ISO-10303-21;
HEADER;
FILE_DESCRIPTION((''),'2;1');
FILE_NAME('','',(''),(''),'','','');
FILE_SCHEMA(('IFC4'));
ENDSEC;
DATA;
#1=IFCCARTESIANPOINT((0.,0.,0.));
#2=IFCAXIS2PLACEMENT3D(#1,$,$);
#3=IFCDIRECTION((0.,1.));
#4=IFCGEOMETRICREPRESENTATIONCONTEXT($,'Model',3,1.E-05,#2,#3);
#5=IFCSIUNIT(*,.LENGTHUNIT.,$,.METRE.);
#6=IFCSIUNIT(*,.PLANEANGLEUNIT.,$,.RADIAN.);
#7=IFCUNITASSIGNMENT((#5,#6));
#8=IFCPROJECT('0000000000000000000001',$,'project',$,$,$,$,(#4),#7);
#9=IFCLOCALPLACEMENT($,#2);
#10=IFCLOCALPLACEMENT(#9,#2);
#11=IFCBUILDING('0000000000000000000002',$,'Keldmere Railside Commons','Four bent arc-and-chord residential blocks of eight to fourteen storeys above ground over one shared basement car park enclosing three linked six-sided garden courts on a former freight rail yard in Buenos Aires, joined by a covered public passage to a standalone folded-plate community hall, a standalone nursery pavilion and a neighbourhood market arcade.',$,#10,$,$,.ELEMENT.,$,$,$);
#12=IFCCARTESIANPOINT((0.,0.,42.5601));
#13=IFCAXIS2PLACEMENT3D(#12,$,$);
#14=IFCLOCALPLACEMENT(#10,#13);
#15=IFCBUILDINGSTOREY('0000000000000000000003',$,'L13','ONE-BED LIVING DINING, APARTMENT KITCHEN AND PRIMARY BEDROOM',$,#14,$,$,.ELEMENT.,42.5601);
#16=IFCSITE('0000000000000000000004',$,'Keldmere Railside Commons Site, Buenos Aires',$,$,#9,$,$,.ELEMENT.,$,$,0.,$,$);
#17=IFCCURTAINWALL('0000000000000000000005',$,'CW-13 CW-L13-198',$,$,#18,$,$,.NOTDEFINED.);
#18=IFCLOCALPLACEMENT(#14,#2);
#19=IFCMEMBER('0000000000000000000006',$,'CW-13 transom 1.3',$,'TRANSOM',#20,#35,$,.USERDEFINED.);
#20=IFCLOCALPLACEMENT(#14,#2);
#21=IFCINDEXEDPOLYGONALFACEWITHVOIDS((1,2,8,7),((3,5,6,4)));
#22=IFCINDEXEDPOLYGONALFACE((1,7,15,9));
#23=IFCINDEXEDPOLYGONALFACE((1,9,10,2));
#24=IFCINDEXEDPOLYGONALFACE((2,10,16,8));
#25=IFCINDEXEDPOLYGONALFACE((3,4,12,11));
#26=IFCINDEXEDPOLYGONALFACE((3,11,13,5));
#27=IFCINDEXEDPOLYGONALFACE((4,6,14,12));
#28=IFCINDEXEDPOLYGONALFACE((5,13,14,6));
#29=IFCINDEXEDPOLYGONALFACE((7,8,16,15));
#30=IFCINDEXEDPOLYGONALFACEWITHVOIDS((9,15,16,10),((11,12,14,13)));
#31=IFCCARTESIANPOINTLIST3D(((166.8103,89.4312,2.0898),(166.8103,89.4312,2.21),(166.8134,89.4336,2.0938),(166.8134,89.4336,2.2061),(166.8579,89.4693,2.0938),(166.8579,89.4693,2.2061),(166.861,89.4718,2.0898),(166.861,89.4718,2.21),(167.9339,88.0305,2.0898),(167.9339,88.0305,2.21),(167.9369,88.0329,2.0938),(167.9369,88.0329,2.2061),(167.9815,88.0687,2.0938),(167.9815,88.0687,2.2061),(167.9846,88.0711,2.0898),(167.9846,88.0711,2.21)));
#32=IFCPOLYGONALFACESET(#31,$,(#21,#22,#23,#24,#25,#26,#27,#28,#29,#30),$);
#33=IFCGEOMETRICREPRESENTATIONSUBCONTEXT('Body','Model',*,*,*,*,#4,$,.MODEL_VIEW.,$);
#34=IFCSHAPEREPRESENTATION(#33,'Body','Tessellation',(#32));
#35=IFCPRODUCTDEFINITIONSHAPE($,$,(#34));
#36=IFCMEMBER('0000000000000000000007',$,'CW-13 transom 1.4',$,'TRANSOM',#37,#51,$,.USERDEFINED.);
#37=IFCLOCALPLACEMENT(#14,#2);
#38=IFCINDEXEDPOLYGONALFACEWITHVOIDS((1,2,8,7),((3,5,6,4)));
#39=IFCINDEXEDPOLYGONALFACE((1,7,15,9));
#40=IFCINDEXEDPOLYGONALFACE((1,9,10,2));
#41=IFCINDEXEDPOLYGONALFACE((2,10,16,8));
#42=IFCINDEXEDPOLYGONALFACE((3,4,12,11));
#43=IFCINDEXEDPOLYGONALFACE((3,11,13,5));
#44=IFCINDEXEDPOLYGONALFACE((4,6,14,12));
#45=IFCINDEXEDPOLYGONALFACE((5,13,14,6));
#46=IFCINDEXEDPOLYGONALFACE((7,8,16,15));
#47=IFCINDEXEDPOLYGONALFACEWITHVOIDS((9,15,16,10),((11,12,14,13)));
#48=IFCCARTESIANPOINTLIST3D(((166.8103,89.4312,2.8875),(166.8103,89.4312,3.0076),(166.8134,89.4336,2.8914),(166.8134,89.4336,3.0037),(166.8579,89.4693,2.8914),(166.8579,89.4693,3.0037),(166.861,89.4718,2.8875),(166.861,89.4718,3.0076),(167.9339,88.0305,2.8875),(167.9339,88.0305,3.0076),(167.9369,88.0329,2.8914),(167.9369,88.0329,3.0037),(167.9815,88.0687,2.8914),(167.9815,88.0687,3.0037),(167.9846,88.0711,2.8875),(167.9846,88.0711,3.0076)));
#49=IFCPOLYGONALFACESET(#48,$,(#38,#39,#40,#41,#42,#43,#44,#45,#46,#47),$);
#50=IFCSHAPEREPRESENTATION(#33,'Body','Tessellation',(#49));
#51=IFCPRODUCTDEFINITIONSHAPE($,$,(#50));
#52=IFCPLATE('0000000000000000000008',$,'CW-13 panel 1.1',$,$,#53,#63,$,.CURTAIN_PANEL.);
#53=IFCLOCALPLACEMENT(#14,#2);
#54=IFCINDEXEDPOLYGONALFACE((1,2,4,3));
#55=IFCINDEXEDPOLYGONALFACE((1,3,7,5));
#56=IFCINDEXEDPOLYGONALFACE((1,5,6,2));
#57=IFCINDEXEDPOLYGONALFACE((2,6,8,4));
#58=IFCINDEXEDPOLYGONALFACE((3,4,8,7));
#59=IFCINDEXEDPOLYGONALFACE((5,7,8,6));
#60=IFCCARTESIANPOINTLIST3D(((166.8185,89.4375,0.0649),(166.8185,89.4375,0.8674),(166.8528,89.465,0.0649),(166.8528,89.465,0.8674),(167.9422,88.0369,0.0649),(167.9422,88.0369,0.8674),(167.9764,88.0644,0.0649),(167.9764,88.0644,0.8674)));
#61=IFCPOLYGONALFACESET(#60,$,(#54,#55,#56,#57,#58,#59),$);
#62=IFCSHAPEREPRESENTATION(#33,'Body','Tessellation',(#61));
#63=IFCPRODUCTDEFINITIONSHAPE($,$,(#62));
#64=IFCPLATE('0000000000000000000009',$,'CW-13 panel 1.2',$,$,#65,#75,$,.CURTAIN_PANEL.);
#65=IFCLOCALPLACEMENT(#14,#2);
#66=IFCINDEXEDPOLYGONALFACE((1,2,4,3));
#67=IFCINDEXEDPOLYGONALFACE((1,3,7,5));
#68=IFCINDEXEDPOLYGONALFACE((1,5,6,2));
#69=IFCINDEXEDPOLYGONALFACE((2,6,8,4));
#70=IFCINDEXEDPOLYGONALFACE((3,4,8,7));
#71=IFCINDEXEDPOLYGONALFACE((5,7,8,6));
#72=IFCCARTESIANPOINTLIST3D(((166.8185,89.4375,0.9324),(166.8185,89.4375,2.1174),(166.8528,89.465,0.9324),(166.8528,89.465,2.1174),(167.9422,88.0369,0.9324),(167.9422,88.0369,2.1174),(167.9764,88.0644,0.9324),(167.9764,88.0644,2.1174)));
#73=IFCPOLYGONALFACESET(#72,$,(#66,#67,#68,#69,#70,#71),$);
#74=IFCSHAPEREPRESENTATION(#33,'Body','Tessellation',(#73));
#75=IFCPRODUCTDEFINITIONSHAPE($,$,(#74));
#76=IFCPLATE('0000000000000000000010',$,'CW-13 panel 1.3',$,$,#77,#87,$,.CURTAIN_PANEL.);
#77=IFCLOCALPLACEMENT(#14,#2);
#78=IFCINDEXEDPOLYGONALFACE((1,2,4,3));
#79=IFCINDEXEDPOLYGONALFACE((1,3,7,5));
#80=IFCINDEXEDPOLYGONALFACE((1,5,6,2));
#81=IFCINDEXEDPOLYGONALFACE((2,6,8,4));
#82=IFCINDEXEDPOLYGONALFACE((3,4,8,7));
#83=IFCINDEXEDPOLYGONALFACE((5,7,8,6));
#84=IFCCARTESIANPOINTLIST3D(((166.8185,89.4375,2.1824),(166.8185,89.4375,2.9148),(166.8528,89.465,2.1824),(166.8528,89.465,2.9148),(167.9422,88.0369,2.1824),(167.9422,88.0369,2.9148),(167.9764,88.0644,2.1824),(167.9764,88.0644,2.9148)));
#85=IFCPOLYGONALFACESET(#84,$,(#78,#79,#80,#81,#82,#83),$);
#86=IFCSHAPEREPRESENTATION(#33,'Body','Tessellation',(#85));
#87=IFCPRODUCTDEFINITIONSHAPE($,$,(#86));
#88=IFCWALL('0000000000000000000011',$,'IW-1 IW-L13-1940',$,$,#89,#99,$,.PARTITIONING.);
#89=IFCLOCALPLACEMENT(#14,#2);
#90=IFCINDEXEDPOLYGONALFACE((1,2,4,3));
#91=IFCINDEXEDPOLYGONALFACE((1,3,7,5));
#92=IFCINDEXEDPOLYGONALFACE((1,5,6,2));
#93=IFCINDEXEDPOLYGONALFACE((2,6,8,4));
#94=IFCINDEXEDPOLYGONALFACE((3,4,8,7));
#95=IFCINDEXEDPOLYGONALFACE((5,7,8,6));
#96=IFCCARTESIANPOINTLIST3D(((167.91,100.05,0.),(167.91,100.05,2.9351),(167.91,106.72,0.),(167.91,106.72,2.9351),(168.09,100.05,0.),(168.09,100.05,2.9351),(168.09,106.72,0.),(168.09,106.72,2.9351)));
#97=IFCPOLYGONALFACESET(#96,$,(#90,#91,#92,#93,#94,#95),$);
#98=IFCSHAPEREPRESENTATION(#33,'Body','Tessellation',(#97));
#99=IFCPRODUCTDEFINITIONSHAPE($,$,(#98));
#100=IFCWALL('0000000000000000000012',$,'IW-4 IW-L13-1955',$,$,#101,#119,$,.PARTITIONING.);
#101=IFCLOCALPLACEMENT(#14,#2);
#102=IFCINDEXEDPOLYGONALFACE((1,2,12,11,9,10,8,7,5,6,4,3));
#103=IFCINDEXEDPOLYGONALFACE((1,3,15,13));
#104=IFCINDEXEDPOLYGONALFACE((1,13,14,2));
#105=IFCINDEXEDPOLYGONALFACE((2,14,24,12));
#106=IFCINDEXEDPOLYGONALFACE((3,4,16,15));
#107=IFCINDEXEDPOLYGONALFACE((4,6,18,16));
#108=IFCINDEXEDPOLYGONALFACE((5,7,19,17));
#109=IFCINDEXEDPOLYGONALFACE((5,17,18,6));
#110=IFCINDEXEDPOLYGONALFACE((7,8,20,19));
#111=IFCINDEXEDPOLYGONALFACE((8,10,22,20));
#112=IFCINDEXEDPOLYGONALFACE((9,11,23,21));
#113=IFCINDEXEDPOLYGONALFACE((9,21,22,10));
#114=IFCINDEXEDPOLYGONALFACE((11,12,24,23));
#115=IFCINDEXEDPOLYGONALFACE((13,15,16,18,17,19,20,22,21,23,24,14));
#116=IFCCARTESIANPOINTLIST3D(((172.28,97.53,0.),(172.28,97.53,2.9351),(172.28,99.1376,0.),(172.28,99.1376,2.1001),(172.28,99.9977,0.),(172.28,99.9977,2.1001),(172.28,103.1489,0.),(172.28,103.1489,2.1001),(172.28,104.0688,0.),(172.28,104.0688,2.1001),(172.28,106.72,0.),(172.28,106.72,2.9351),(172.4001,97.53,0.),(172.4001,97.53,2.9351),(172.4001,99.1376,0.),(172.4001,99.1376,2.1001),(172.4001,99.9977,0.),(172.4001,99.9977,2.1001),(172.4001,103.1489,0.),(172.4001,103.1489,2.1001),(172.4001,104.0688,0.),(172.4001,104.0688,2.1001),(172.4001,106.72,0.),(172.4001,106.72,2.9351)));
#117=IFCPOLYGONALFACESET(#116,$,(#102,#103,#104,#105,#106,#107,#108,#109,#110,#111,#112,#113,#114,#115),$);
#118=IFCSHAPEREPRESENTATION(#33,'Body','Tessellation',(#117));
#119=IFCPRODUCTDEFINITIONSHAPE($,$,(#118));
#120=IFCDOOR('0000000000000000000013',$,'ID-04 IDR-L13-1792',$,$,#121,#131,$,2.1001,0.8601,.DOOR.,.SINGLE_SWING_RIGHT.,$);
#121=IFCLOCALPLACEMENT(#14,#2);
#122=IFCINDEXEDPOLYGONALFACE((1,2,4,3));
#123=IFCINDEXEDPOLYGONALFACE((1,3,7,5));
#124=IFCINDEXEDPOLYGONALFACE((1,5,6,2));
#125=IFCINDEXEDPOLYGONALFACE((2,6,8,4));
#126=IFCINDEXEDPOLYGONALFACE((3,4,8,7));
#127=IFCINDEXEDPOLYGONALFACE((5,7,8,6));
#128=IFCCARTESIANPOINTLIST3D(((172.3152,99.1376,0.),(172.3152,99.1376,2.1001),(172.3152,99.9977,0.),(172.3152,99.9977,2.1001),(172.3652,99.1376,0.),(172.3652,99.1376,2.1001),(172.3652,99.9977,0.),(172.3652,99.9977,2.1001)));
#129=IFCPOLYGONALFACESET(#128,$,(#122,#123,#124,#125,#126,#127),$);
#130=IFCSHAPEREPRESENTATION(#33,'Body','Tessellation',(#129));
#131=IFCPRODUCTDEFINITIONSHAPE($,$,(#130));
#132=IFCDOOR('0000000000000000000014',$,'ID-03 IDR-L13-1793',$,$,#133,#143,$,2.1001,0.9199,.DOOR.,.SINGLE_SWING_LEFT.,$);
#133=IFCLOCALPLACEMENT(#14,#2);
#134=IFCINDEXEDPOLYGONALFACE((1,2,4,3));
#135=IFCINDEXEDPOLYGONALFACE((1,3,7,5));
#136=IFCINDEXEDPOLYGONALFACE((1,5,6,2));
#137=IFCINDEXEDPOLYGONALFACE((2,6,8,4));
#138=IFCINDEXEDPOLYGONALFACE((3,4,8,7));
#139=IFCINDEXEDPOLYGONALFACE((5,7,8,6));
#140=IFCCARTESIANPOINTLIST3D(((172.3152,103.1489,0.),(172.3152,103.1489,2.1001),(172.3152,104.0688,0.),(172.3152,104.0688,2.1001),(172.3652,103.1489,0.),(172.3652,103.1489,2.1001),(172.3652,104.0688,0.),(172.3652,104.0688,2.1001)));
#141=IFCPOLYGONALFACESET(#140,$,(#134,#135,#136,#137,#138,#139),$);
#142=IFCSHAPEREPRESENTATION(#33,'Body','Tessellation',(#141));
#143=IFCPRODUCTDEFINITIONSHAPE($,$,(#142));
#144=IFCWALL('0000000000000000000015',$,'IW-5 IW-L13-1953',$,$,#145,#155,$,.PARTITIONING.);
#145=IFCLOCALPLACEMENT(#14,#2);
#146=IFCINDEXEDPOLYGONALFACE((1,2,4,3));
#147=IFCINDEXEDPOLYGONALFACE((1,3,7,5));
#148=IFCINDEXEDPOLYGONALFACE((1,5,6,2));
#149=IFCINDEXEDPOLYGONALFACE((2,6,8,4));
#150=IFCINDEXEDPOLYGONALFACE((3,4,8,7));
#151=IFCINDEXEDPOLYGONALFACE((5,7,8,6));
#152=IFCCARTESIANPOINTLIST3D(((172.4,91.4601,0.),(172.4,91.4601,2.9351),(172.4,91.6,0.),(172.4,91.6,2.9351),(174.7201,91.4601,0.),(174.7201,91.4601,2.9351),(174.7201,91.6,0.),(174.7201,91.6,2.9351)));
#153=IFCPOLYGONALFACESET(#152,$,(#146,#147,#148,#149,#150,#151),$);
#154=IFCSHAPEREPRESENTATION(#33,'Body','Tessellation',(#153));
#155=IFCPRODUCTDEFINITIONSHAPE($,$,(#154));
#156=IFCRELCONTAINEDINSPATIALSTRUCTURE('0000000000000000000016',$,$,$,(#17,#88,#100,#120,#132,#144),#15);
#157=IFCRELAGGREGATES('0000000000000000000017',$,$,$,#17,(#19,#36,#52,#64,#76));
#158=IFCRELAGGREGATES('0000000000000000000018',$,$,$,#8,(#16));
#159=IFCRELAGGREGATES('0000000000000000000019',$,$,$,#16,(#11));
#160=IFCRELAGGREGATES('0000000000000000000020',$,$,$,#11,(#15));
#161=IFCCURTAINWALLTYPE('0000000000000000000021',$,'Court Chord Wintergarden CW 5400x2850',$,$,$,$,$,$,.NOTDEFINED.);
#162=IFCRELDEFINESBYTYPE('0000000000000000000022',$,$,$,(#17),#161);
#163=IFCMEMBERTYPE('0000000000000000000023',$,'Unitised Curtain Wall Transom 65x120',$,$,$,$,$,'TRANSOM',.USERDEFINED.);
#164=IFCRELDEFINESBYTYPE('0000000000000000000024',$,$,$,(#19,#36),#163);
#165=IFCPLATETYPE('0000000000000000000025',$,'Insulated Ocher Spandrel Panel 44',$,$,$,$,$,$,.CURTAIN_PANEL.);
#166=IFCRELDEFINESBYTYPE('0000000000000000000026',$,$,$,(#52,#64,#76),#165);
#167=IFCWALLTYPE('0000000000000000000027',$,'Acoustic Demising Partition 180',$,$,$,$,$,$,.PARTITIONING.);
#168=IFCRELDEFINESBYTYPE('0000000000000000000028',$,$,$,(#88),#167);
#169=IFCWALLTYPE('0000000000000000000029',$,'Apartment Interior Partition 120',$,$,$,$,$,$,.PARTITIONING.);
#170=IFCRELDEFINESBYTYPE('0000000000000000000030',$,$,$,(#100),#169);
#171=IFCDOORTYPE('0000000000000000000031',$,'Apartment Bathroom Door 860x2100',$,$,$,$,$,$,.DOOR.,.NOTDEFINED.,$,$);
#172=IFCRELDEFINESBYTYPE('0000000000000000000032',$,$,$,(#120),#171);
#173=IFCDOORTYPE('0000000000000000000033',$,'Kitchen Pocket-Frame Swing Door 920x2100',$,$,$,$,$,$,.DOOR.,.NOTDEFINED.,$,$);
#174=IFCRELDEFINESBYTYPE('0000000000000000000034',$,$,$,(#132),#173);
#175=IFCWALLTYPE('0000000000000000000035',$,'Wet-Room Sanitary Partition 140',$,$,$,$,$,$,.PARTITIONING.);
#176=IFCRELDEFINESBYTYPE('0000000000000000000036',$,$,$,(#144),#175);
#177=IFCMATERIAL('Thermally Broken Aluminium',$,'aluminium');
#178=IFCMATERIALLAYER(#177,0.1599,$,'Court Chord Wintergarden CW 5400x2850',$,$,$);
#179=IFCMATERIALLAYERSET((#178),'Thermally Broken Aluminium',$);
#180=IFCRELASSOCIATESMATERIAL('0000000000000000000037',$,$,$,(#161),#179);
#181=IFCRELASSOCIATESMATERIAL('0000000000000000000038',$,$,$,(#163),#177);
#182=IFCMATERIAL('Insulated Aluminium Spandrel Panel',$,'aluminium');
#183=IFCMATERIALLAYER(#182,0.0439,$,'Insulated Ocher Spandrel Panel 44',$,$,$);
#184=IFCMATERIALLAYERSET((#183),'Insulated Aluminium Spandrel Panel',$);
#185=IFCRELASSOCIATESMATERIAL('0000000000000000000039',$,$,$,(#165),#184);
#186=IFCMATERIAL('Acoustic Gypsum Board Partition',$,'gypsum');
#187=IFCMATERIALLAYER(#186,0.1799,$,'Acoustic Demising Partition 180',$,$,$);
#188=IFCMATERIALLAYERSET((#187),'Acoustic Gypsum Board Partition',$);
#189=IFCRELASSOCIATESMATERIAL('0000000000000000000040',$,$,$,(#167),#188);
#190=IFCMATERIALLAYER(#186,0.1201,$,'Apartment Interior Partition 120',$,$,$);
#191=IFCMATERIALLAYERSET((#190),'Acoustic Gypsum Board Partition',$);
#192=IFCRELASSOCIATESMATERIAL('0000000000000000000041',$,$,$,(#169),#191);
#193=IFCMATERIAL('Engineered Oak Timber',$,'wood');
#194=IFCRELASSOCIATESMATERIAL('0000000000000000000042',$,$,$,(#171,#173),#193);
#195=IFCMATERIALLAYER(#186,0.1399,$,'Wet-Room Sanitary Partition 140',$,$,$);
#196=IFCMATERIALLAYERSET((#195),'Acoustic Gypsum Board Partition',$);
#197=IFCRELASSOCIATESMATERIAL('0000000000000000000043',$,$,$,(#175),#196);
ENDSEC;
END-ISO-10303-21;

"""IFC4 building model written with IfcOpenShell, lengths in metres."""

from ifc_helpers import new_model, si_unit, direction, frame, frame_2d, origin, origin_2d, place, context, subcontext, project, spatial, rectangle, hollow_rectangle, extrude, material, layer, layer_set, material_profile, profile_set, type_object, element, fill, aggregate, save


model = new_model("IFC4")

# Units and contexts
model_context = context("Model", 3, precision=1e-05, world=origin(), true_north=direction((0.0, 1.0)))
body_context = subcontext(model_context, "Body", "Model", "MODEL_VIEW")
ifc_project = project(units=[si_unit("LENGTHUNIT", "METRE"), si_unit("PLANEANGLEUNIT", "RADIAN")], contexts=[model_context])

# Site, building, storey
site_placement = place(None, origin())
site = spatial("IfcSite", under=ifc_project, at=site_placement, Name="Keldmere Railside Commons Site, Buenos Aires", CompositionType="ELEMENT", RefElevation=0.0)
building_placement = place(site_placement, origin())
building = spatial("IfcBuilding", under=site, at=building_placement, Name="Keldmere Railside Commons", Description="Four bent arc-and-chord residential blocks of eight to fourteen storeys above ground over one shared basement car park enclosing three linked six-sided garden courts on a former freight rail yard in Buenos Aires, joined by a covered public passage to a standalone folded-plate community hall, a standalone nursery pavilion and a neighbourhood market arcade.", CompositionType="ELEMENT")
storey_placement = place(building_placement, frame((0.0, 0.0, 42.5601)))
storey = spatial("IfcBuildingStorey", under=building, at=storey_placement, Name="L13", Description="ONE-BED LIVING DINING, APARTMENT KITCHEN AND PRIMARY BEDROOM", CompositionType="ELEMENT", Elevation=42.5601)

# Curtain wall, members, plates
ifc_material_1 = material(Name="Thermally Broken Aluminium", Category="aluminium")
ifc_layer_1 = layer(ifc_material_1, 0.1599, Name="Court Chord Wintergarden CW 5400x2850")
ifc_layer_set_1 = layer_set([ifc_layer_1], Name="Thermally Broken Aluminium")
curtain_wall_type = type_object("IfcCurtainWallType", Name="Court Chord Wintergarden CW 5400x2850", PredefinedType="NOTDEFINED", material=ifc_layer_set_1)
curtain_wall_placement = place(storey_placement, origin())
curtain_wall = element("IfcCurtainWall", 1, at=curtain_wall_placement, inside=storey, type_object=curtain_wall_type, Name="CW-13 CW-L13-198", PredefinedType="NOTDEFINED")
ifc_material_profile_1 = material_profile(ifc_material_1, hollow_rectangle(XDim=0.0649, YDim=0.1201, WallThickness=0.0039, at=origin_2d()), Name="ALU-TRAN-65x120")
ifc_profile_set_1 = profile_set([ifc_material_profile_1], Name="Thermally Broken Aluminium")
member_type_1 = type_object("IfcMemberType", Name="Unitised Curtain Wall Transom 65x120", ElementType="TRANSOM", PredefinedType="USERDEFINED", material=ifc_profile_set_1)
member_1_placement = place(storey_placement, frame((167.9592, 88.0508, 2.1499), z_axis=(-0.625723, 0.780046, 0.0), x_axis=(-0.780046, -0.625723, 0.0)))
member_1 = element("IfcMember", 2, at=member_1_placement, type_object=member_type_1, Name="CW-13 transom 1.3", ObjectType="TRANSOM", PredefinedType="USERDEFINED", context=body_context, shape_type="SweptSolid", body=[
    extrude(hollow_rectangle(XDim=0.0649, YDim=0.1201, WallThickness=0.0039, at=origin_2d()), origin(), (0.0, 0.0, 1.0), 1.7957),
])
member_2_placement = place(storey_placement, frame((167.9592, 88.0508, 2.9475), z_axis=(-0.625723, 0.780046, 0.0), x_axis=(-0.780046, -0.625723, 0.0)))
member_2 = element("IfcMember", 3, at=member_2_placement, type_object=member_type_1, Name="CW-13 transom 1.4", ObjectType="TRANSOM", PredefinedType="USERDEFINED", context=body_context, shape_type="SweptSolid", body=[
    extrude(hollow_rectangle(XDim=0.0649, YDim=0.1201, WallThickness=0.0039, at=origin_2d()), origin(), (0.0, 0.0, 1.0), 1.7957),
])
ifc_material_2 = material(Name="Insulated Aluminium Spandrel Panel", Category="aluminium")
ifc_layer_2 = layer(ifc_material_2, 0.0439, Name="Insulated Ocher Spandrel Panel 44")
ifc_layer_set_2 = layer_set([ifc_layer_2], Name="Insulated Aluminium Spandrel Panel")
plate_type = type_object("IfcPlateType", Name="Insulated Ocher Spandrel Panel 44", PredefinedType="CURTAIN_PANEL", material=ifc_layer_set_2)
plate_1_placement = place(storey_placement, frame((167.3975, 88.751, 0.0649), z_axis=(0.0, 0.0, 1.0), x_axis=(-0.625768, 0.780009, 0.0)))
plate_1 = element("IfcPlate", 4, at=plate_1_placement, type_object=plate_type, Name="CW-13 panel 1.1", PredefinedType="CURTAIN_PANEL", context=body_context, shape_type="SweptSolid", body=[
    extrude(rectangle(XDim=1.7957, YDim=0.0439, at=origin_2d()), origin(), (0.0, 0.0, 1.0), 0.8025),
])
plate_2_placement = place(storey_placement, frame((167.3975, 88.751, 0.9324), z_axis=(0.0, 0.0, 1.0), x_axis=(-0.625768, 0.780009, 0.0)))
plate_2 = element("IfcPlate", 5, at=plate_2_placement, type_object=plate_type, Name="CW-13 panel 1.2", PredefinedType="CURTAIN_PANEL", context=body_context, shape_type="SweptSolid", body=[
    extrude(rectangle(XDim=1.7957, YDim=0.0439, at=origin_2d()), origin(), (0.0, 0.0, 1.0), 1.1851),
])
plate_3_placement = place(storey_placement, frame((167.3975, 88.751, 2.1824), z_axis=(0.0, 0.0, 1.0), x_axis=(-0.625768, 0.780009, 0.0)))
plate_3 = element("IfcPlate", 6, at=plate_3_placement, type_object=plate_type, Name="CW-13 panel 1.3", PredefinedType="CURTAIN_PANEL", context=body_context, shape_type="SweptSolid", body=[
    extrude(rectangle(XDim=1.7957, YDim=0.0439, at=origin_2d()), origin(), (0.0, 0.0, 1.0), 0.7324),
])
aggregate(curtain_wall, [member_1, member_2, plate_1, plate_2, plate_3])

# Wall
ifc_material_3 = material(Name="Acoustic Gypsum Board Partition", Category="gypsum")
ifc_layer_3 = layer(ifc_material_3, 0.1799, Name="Acoustic Demising Partition 180")
ifc_layer_set_3 = layer_set([ifc_layer_3], Name="Acoustic Gypsum Board Partition")
wall_type_1 = type_object("IfcWallType", Name="Acoustic Demising Partition 180", PredefinedType="PARTITIONING", material=ifc_layer_set_3)
wall_1_placement = place(storey_placement, frame((168.0, 100.05, 0.0), z_axis=(0.0, 0.0, 1.0), x_axis=(0.0, 1.0, 0.0)))
element("IfcWall", 7, at=wall_1_placement, inside=storey, type_object=wall_type_1, Name="IW-1 IW-L13-1940", PredefinedType="PARTITIONING", context=body_context, shape_type="SweptSolid", body=[
    extrude(rectangle(XDim=6.6699, YDim=0.1799, at=frame_2d((3.335, 0.0))), origin(), (0.0, 0.0, 1.0), 2.9351),
])

# Wall, openings, doors
ifc_layer_4 = layer(ifc_material_3, 0.1201, Name="Apartment Interior Partition 120")
ifc_layer_set_4 = layer_set([ifc_layer_4], Name="Acoustic Gypsum Board Partition")
wall_type_2 = type_object("IfcWallType", Name="Apartment Interior Partition 120", PredefinedType="PARTITIONING", material=ifc_layer_set_4)
wall_2_placement = place(storey_placement, frame((172.3401, 97.53, 0.0), z_axis=(0.0, 0.0, 1.0), x_axis=(0.0, 1.0, 0.0)))
wall_2 = element("IfcWall", 8, at=wall_2_placement, inside=storey, type_object=wall_type_2, Name="IW-4 IW-L13-1955", PredefinedType="PARTITIONING", context=body_context, shape_type="SweptSolid", body=[
    extrude(rectangle(XDim=9.1899, YDim=0.1201, at=frame_2d((4.595, 0.0))), origin(), (0.0, 0.0, 1.0), 2.9351),
])
opening_1_placement = place(wall_2_placement, frame((1.6074, 0.0, 0.0)))
opening_1 = element("IfcOpeningElement", 9, at=opening_1_placement, cuts=wall_2, PredefinedType="OPENING", context=body_context, shape_type="SweptSolid", body=[
    extrude(rectangle(XDim=0.8601, YDim=2.1001, at=frame_2d((0.4302, 1.05))), frame((0.0, 0.0701, 0.0), z_axis=(0.0, -1.0, 0.0), x_axis=(1.0, 0.0, 0.0)), (0.0, 0.0, 1.0), 0.1401),
])
opening_2_placement = place(wall_2_placement, frame((5.6189, 0.0, 0.0)))
opening_2 = element("IfcOpeningElement", 10, at=opening_2_placement, cuts=wall_2, PredefinedType="OPENING", context=body_context, shape_type="SweptSolid", body=[
    extrude(rectangle(XDim=0.9199, YDim=2.1001, at=frame_2d((0.46, 1.05))), frame((0.0, 0.0701, 0.0), z_axis=(0.0, -1.0, 0.0), x_axis=(1.0, 0.0, 0.0)), (0.0, 0.0, 1.0), 0.1401),
])
ifc_material_4 = material(Name="Engineered Oak Timber", Category="wood")
door_type_1 = type_object("IfcDoorType", Name="Apartment Bathroom Door 860x2100", OperationType="NOTDEFINED", PredefinedType="DOOR", material=ifc_material_4)
door_1_placement = place(opening_1_placement, origin())
door_1 = element("IfcDoor", 11, at=door_1_placement, inside=storey, type_object=door_type_1, Name="ID-04 IDR-L13-1792", OperationType="SINGLE_SWING_RIGHT", OverallHeight=2.1001, OverallWidth=0.8601, PredefinedType="DOOR", context=body_context, shape_type="SweptSolid", body=[
    extrude(rectangle(XDim=0.8601, YDim=2.1001, at=frame_2d((0.4302, 1.05))), frame((0.0, 0.0249, 0.0), z_axis=(0.0, -1.0, 0.0), x_axis=(1.0, 0.0, 0.0)), (0.0, 0.0, 1.0), 0.05),
])
fill(opening_1, door_1)
door_type_2 = type_object("IfcDoorType", Name="Kitchen Pocket-Frame Swing Door 920x2100", OperationType="NOTDEFINED", PredefinedType="DOOR", material=ifc_material_4)
door_2_placement = place(opening_2_placement, origin())
door_2 = element("IfcDoor", 12, at=door_2_placement, inside=storey, type_object=door_type_2, Name="ID-03 IDR-L13-1793", OperationType="SINGLE_SWING_LEFT", OverallHeight=2.1001, OverallWidth=0.9199, PredefinedType="DOOR", context=body_context, shape_type="SweptSolid", body=[
    extrude(rectangle(XDim=0.9199, YDim=2.1001, at=frame_2d((0.46, 1.05))), frame((0.0, 0.0249, 0.0), z_axis=(0.0, -1.0, 0.0), x_axis=(1.0, 0.0, 0.0)), (0.0, 0.0, 1.0), 0.05),
])
fill(opening_2, door_2)

# Wall
ifc_layer_5 = layer(ifc_material_3, 0.1399, Name="Wet-Room Sanitary Partition 140")
ifc_layer_set_5 = layer_set([ifc_layer_5], Name="Acoustic Gypsum Board Partition")
wall_type_3 = type_object("IfcWallType", Name="Wet-Room Sanitary Partition 140", PredefinedType="PARTITIONING", material=ifc_layer_set_5)
wall_3_placement = place(storey_placement, frame((172.3999, 91.53, 0.0), z_axis=(0.0, 0.0, 1.0), x_axis=(1.0, 0.0, 0.0)))
element("IfcWall", 13, at=wall_3_placement, inside=storey, type_object=wall_type_3, Name="IW-5 IW-L13-1953", PredefinedType="PARTITIONING", context=body_context, shape_type="SweptSolid", body=[
    extrude(rectangle(XDim=2.3201, YDim=0.1399, at=frame_2d((1.1602, 0.0))), origin(), (0.0, 0.0, 1.0), 2.9351),
])

save(model, "model.ifc")
